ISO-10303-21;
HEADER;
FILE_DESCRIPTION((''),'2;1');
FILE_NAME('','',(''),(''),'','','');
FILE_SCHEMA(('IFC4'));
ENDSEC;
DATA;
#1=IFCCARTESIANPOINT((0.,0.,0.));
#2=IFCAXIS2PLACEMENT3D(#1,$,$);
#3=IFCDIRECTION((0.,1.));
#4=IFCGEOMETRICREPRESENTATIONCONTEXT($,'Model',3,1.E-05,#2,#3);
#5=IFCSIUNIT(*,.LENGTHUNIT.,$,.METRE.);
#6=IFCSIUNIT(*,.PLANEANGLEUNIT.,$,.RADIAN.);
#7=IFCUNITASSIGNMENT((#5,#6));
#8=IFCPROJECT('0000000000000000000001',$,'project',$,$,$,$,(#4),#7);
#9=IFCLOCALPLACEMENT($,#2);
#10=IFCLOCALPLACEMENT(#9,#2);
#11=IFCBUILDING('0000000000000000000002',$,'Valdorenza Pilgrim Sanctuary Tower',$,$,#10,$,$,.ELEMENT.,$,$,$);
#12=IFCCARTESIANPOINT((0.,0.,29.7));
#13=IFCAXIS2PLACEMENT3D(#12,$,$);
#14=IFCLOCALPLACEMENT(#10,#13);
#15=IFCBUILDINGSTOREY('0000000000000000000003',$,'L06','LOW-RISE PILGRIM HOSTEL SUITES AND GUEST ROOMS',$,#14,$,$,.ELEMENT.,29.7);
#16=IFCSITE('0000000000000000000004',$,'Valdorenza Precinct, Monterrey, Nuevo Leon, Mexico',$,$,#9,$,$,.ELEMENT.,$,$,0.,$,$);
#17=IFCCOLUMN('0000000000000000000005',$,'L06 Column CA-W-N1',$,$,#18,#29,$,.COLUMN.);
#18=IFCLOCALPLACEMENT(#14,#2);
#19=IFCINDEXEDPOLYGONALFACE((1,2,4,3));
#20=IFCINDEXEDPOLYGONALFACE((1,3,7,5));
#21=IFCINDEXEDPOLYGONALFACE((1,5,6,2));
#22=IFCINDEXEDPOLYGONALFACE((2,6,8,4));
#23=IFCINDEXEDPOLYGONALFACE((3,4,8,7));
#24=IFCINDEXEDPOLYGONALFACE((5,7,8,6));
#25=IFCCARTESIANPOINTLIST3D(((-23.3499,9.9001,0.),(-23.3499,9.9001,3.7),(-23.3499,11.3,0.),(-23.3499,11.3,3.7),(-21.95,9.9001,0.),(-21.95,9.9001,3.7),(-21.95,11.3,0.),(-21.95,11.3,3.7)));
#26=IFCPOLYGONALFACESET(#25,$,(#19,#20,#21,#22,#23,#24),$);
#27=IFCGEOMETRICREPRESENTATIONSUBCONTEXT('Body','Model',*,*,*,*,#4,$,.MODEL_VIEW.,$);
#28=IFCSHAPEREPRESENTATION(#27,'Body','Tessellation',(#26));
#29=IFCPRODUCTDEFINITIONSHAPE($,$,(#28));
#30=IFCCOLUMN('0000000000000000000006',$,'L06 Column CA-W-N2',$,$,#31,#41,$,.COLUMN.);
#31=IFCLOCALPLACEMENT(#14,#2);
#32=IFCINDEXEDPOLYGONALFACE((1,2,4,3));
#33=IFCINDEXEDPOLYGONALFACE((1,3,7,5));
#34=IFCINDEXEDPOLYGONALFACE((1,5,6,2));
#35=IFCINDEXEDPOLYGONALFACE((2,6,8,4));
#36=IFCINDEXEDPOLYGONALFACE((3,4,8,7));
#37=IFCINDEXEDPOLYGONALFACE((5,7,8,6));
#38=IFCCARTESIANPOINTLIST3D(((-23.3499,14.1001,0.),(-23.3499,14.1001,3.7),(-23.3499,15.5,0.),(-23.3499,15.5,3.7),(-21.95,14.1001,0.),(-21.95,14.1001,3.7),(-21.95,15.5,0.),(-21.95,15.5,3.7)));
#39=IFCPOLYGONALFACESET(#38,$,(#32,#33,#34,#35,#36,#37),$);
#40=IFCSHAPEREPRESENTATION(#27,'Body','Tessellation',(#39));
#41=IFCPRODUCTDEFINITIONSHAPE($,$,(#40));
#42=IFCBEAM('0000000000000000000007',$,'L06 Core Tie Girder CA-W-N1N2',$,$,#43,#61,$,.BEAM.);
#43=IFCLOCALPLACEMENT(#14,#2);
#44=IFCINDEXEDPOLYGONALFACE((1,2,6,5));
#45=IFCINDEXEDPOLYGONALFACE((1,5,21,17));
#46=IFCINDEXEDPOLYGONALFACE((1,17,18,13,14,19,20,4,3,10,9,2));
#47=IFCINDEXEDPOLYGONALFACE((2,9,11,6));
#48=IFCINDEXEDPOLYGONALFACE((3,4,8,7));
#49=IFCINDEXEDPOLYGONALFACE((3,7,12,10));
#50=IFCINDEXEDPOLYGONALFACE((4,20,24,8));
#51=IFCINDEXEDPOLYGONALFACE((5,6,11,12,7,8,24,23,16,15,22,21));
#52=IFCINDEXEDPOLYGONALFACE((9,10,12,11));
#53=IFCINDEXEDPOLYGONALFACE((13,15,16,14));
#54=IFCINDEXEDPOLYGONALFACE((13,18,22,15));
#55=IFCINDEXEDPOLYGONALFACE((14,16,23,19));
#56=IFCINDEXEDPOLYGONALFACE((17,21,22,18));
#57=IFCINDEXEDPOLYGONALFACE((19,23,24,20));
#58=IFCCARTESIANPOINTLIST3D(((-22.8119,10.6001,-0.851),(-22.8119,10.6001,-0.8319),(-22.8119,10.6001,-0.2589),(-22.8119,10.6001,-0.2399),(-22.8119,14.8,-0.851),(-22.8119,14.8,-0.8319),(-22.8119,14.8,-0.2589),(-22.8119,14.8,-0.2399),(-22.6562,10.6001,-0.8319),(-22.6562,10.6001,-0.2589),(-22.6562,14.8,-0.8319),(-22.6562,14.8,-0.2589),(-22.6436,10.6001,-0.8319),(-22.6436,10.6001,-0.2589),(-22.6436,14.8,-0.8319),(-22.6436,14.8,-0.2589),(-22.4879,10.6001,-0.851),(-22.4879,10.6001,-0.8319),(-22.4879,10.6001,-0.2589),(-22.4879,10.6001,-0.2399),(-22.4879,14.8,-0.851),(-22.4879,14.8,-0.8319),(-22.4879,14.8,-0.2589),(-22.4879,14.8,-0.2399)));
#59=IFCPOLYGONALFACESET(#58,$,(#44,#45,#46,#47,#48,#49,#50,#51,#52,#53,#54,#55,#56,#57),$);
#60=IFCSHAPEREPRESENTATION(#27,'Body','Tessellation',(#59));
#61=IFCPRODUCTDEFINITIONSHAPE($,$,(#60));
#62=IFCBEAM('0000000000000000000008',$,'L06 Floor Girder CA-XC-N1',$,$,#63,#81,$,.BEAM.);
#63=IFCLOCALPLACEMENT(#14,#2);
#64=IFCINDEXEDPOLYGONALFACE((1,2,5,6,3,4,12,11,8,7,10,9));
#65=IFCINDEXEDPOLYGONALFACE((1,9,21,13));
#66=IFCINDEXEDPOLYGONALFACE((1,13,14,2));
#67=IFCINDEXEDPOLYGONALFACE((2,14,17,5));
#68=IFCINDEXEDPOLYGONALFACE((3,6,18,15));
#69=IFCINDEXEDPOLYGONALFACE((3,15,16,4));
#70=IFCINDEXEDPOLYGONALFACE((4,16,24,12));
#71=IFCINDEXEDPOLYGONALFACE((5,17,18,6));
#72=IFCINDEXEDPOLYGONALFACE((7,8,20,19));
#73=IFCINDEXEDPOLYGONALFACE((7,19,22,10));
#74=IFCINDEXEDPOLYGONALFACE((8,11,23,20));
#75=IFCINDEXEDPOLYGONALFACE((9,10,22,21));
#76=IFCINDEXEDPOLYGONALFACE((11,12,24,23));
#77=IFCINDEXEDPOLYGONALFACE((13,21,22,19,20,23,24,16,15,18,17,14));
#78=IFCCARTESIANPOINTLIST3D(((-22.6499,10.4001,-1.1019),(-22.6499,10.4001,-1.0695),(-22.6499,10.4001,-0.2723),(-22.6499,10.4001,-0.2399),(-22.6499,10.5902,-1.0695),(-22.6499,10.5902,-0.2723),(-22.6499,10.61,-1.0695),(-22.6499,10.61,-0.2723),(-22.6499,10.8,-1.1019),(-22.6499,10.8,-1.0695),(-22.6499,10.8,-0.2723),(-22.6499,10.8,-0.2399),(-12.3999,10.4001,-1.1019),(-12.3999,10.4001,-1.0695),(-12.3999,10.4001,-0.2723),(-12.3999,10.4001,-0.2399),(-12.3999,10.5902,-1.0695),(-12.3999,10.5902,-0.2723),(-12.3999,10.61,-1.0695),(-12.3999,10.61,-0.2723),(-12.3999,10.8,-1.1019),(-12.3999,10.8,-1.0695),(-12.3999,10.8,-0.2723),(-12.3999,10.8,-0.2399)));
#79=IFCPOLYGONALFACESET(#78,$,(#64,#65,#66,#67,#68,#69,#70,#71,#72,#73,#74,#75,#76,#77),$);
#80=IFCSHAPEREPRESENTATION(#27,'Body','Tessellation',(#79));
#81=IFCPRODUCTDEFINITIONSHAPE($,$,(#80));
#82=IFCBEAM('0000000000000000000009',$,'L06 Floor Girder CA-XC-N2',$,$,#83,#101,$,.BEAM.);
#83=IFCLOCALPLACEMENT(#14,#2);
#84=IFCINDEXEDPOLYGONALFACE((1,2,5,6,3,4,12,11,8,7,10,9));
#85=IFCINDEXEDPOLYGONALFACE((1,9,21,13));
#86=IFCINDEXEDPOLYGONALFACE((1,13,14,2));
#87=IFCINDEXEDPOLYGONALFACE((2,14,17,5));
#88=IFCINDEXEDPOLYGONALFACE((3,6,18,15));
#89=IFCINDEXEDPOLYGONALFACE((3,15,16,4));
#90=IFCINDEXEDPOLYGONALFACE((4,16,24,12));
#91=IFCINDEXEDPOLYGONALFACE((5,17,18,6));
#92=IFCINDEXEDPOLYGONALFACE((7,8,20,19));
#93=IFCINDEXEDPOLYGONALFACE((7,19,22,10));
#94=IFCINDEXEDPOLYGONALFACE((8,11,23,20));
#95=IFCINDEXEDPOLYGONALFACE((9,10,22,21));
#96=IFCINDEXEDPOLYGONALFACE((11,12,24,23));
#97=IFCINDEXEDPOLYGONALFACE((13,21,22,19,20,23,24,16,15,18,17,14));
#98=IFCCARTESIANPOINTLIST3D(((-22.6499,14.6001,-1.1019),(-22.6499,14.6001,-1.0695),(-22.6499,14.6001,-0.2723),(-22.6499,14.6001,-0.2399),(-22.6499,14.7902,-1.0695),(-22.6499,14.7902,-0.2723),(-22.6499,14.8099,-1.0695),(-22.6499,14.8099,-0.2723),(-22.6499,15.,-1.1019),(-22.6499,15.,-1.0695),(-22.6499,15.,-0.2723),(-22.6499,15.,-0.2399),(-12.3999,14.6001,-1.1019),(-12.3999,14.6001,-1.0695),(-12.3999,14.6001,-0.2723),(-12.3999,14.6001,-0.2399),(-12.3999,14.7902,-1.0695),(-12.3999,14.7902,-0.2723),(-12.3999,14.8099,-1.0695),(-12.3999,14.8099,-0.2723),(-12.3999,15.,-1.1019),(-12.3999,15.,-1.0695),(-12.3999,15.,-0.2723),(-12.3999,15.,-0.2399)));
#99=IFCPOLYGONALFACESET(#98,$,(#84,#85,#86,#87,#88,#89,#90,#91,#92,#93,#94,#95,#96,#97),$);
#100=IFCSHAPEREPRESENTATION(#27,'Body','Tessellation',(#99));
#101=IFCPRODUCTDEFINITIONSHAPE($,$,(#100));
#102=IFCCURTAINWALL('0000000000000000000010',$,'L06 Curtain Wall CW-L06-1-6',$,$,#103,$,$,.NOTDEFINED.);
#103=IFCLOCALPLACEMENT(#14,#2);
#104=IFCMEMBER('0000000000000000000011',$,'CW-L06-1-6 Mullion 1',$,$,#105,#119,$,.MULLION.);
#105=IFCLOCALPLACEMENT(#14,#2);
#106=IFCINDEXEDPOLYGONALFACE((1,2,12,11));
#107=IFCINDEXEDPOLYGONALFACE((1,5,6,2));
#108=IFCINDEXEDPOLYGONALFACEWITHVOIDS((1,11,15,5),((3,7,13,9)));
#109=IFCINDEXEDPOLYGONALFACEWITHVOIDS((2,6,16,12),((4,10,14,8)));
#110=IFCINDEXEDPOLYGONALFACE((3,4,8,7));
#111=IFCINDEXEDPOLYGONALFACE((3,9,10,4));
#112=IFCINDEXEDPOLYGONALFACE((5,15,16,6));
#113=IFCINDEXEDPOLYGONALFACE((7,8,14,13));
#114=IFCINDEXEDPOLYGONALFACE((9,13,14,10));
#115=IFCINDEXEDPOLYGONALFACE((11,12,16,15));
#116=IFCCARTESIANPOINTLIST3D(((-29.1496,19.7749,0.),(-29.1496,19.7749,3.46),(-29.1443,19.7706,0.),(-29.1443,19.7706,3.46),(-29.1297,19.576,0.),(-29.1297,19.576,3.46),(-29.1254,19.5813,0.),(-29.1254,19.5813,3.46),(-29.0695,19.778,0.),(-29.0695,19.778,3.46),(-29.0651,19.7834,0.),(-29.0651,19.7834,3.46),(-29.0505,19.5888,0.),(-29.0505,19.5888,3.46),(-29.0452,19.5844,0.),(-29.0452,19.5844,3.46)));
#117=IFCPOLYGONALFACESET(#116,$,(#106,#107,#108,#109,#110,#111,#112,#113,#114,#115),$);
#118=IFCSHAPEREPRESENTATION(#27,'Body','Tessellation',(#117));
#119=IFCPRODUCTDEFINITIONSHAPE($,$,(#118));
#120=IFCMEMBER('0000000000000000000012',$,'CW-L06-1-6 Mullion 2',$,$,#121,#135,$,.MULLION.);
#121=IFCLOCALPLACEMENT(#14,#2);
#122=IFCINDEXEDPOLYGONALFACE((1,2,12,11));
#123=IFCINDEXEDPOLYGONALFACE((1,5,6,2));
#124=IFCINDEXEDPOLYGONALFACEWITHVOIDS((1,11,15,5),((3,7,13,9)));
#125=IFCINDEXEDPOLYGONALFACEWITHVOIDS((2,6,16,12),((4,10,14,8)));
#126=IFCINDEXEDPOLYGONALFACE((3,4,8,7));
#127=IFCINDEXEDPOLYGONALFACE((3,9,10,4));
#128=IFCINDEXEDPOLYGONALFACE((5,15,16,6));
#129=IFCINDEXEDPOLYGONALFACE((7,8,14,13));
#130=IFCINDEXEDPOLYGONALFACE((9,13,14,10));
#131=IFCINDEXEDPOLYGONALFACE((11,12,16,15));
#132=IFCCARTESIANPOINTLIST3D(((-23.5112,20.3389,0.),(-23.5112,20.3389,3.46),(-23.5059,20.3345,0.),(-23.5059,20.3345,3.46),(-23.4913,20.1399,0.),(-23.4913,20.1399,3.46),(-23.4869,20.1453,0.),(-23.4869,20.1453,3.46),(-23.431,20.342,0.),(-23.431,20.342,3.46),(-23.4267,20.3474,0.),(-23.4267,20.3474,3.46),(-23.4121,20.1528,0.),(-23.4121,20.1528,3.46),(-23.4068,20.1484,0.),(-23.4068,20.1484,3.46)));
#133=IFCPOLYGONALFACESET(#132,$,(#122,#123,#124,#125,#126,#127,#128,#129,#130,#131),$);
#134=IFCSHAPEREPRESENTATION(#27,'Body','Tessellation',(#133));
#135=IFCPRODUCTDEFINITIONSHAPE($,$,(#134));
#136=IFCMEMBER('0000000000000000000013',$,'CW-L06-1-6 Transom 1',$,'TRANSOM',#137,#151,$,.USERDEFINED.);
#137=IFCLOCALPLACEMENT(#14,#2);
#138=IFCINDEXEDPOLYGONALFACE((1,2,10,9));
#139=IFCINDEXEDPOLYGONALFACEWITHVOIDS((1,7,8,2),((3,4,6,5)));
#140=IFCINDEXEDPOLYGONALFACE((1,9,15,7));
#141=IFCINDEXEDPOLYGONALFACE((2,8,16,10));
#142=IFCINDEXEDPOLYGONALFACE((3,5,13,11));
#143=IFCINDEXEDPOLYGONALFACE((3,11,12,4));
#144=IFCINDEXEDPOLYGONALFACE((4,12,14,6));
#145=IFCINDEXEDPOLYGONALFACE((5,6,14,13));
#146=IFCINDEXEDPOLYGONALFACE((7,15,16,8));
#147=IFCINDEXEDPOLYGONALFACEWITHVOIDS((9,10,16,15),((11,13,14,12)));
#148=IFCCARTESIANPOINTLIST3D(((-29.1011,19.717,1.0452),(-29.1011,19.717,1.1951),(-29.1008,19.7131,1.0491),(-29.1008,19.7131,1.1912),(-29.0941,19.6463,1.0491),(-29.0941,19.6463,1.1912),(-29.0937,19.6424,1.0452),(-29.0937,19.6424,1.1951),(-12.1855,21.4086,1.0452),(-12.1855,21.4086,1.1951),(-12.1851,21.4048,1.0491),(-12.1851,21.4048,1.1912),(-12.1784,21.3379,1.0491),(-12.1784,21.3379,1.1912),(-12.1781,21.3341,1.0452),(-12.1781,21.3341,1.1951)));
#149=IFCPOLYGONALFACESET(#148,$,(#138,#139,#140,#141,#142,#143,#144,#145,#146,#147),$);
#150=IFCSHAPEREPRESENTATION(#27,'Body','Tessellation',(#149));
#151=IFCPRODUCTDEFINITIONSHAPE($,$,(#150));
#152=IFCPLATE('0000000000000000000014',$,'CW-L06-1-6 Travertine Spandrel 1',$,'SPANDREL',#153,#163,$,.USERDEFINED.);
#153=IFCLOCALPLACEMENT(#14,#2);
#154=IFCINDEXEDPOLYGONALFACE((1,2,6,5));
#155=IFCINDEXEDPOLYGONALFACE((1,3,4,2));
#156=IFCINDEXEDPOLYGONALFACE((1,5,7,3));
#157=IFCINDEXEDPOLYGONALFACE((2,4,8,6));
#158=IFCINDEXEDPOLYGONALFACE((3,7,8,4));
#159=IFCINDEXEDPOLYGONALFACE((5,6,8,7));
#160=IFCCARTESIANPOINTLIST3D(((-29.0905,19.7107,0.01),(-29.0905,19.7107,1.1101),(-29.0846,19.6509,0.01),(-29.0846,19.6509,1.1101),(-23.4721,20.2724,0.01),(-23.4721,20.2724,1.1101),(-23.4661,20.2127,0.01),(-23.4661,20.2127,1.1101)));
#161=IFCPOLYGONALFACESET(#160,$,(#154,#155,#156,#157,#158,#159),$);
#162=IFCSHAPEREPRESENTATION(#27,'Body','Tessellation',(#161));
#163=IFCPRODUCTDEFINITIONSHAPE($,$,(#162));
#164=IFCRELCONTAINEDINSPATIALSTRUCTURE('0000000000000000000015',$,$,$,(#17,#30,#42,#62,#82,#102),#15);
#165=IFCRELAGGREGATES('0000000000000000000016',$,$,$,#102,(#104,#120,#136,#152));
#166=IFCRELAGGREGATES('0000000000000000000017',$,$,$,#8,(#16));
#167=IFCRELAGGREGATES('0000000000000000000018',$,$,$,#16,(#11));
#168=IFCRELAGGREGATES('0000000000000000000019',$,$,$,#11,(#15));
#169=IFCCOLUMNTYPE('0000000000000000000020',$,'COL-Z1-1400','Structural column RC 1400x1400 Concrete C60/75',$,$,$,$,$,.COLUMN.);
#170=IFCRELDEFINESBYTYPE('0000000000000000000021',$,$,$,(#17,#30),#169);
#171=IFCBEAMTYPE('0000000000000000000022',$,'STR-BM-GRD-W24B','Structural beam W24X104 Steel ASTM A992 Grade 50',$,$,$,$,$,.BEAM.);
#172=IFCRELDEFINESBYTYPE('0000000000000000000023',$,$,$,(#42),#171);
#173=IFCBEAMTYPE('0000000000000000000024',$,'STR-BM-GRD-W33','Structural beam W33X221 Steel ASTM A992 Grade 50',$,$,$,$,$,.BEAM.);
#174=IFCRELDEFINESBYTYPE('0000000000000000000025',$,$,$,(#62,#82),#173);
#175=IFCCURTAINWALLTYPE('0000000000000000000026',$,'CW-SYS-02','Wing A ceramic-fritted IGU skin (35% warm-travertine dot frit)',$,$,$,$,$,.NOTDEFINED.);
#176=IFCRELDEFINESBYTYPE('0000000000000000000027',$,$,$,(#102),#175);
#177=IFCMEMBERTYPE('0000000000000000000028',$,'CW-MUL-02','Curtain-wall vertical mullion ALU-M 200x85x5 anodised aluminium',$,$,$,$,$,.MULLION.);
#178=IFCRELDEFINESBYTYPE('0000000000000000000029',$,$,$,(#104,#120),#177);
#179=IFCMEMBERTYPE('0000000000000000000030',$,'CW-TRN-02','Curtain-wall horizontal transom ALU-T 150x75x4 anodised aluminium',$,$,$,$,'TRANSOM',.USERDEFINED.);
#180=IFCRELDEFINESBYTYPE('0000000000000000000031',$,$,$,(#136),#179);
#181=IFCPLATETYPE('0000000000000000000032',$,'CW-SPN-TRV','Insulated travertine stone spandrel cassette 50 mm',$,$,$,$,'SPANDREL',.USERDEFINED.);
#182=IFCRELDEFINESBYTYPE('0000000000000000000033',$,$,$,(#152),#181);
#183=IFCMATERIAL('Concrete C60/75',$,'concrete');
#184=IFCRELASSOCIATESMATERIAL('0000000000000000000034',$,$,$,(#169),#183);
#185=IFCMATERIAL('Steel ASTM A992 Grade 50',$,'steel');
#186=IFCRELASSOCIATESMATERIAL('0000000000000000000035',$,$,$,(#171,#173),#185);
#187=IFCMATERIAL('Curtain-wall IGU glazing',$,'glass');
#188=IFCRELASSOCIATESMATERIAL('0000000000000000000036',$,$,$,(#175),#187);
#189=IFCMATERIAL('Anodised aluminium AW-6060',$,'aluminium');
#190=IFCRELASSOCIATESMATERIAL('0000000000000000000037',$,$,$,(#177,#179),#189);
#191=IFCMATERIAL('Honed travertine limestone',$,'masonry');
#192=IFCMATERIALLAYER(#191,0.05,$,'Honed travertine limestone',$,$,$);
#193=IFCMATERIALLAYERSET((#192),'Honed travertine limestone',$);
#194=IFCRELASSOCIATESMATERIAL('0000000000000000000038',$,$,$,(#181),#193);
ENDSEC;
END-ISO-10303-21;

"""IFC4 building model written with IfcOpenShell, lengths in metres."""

from ifc_helpers import new_model, si_unit, direction, frame, origin, origin_2d, place, context, subcontext, project, spatial, rectangle, hollow_rectangle, i_section, extrude, source, transform, mapped, material, layer, layer_set, material_profile, profile_set, type_object, element, aggregate, save


model = new_model("IFC4")

# Units and contexts
model_context = context("Model", 3, precision=1e-05, world=origin(), true_north=direction((0.0, 1.0)))
body_context = subcontext(model_context, "Body", "Model", "MODEL_VIEW")
ifc_project = project(units=[si_unit("LENGTHUNIT", "METRE"), si_unit("PLANEANGLEUNIT", "RADIAN")], contexts=[model_context])

# Site, building, storey
site_placement = place(None, origin())
site = spatial("IfcSite", under=ifc_project, at=site_placement, Name="Valdorenza Precinct, Monterrey, Nuevo Leon, Mexico", CompositionType="ELEMENT", RefElevation=0.0)
building_placement = place(site_placement, origin())
building = spatial("IfcBuilding", under=site, at=building_placement, Name="Valdorenza Pilgrim Sanctuary Tower", CompositionType="ELEMENT")
storey_placement = place(building_placement, frame((0.0, 0.0, 29.7)))
storey = spatial("IfcBuildingStorey", under=building, at=storey_placement, Name="L06", Description="LOW-RISE PILGRIM HOSTEL SUITES AND GUEST ROOMS", CompositionType="ELEMENT", Elevation=29.7)

# Columns
ifc_material_1 = material(Name="Concrete C60/75", Category="concrete")
ifc_material_profile_1 = material_profile(ifc_material_1, rectangle(XDim=1.3999, YDim=1.3999, at=origin_2d()), Name="RC 1400x1400")
ifc_profile_set_1 = profile_set([ifc_material_profile_1], Name="Concrete C60/75")
column_type = type_object("IfcColumnType", Name="COL-Z1-1400", Description="Structural column RC 1400x1400 Concrete C60/75", PredefinedType="COLUMN", material=ifc_profile_set_1)
shared_shape_1 = source(origin(), body_context, "Body", "SweptSolid", [
    extrude(rectangle(XDim=1.3999, YDim=1.3999, at=origin_2d()), origin(), (0.0, 0.0, 1.0), 3.7),
])
for number, where, z_axis, x_axis, name in (
    (1, (-22.6499, 10.6001, 0.0), (0.0, 0.0, 1.0), (1.0, 0.0, 0.0), "L06 Column CA-W-N1"),
    (2, (-22.6499, 14.8, 0.0), (0.0, 0.0, 1.0), (1.0, 0.0, 0.0), "L06 Column CA-W-N2"),
):
    element("IfcColumn", number, at=place(storey_placement, frame(where, z_axis=z_axis, x_axis=x_axis)), inside=storey, type_object=column_type, Name=name, PredefinedType="COLUMN", context=body_context, shape_type="MappedRepresentation", body=[
        mapped(shared_shape_1, transform((0.0, 0.0, 0.0), x_axis=(1.0, 0.0, 0.0), y_axis=(0.0, 1.0, 0.0), z_axis=(0.0, 0.0, 1.0), scale=1.0)),
    ])

# Beams
ifc_material_2 = material(Name="Steel ASTM A992 Grade 50", Category="steel")
ifc_material_profile_2 = material_profile(ifc_material_2, i_section(OverallWidth=0.324, OverallDepth=0.6111, WebThickness=0.0127, FlangeThickness=0.019, at=origin_2d()), Name="W24X104")
ifc_profile_set_2 = profile_set([ifc_material_profile_2], Name="Steel ASTM A992 Grade 50")
beam_type_1 = type_object("IfcBeamType", Name="STR-BM-GRD-W24B", Description="Structural beam W24X104 Steel ASTM A992 Grade 50", PredefinedType="BEAM", material=ifc_profile_set_2)
shared_shape_2 = source(origin(), body_context, "Body", "SweptSolid", [
    extrude(i_section(OverallWidth=0.324, OverallDepth=0.6111, WebThickness=0.0127, FlangeThickness=0.019, at=origin_2d()), origin(), (0.0, 0.0, 1.0), 4.2),
])
beam_placement = place(storey_placement, frame((-22.6499, 10.6001, -0.5454), z_axis=(0.0, 1.0, 0.0), x_axis=(-1.0, 0.0, 0.0)))
element("IfcBeam", 3, at=beam_placement, inside=storey, type_object=beam_type_1, Name="L06 Core Tie Girder CA-W-N1N2", PredefinedType="BEAM", context=body_context, shape_type="MappedRepresentation", body=[
    mapped(shared_shape_2, transform((0.0, 0.0, 0.0), x_axis=(1.0, 0.0, 0.0), y_axis=(0.0, 1.0, 0.0), z_axis=(0.0, 0.0, 1.0), scale=1.0)),
])
ifc_material_profile_3 = material_profile(ifc_material_2, i_section(OverallWidth=0.3999, OverallDepth=0.8621, WebThickness=0.0198, FlangeThickness=0.0325, at=origin_2d()), Name="W33X221")
ifc_profile_set_3 = profile_set([ifc_material_profile_3], Name="Steel ASTM A992 Grade 50")
beam_type_2 = type_object("IfcBeamType", Name="STR-BM-GRD-W33", Description="Structural beam W33X221 Steel ASTM A992 Grade 50", PredefinedType="BEAM", material=ifc_profile_set_3)
shared_shape_3 = source(origin(), body_context, "Body", "SweptSolid", [
    extrude(i_section(OverallWidth=0.3999, OverallDepth=0.8621, WebThickness=0.0198, FlangeThickness=0.0325, at=origin_2d()), origin(), (0.0, 0.0, 1.0), 10.25),
])
for number, where, z_axis, x_axis, name in (
    (4, (-22.6499, 10.6001, -0.6709), (1.0, 0.0, 0.0), (0.0, 1.0, 0.0), "L06 Floor Girder CA-XC-N1"),
    (5, (-22.6499, 14.8, -0.6709), (1.0, 0.0, 0.0), (0.0, 1.0, 0.0), "L06 Floor Girder CA-XC-N2"),
):
    element("IfcBeam", number, at=place(storey_placement, frame(where, z_axis=z_axis, x_axis=x_axis)), inside=storey, type_object=beam_type_2, Name=name, PredefinedType="BEAM", context=body_context, shape_type="MappedRepresentation", body=[
        mapped(shared_shape_3, transform((0.0, 0.0, 0.0), x_axis=(1.0, 0.0, 0.0), y_axis=(0.0, 1.0, 0.0), z_axis=(0.0, 0.0, 1.0), scale=1.0)),
    ])

# Curtain wall, members, plate
ifc_material_3 = material(Name="Curtain-wall IGU glazing", Category="glass")
curtain_wall_type = type_object("IfcCurtainWallType", Name="CW-SYS-02", Description="Wing A ceramic-fritted IGU skin (35% warm-travertine dot frit)", PredefinedType="NOTDEFINED", material=ifc_material_3)
curtain_wall_placement = place(storey_placement, origin())
curtain_wall = element("IfcCurtainWall", 6, at=curtain_wall_placement, inside=storey, type_object=curtain_wall_type, Name="L06 Curtain Wall CW-L06-1-6", PredefinedType="NOTDEFINED")
ifc_material_4 = material(Name="Anodised aluminium AW-6060", Category="aluminium")
ifc_material_profile_4 = material_profile(ifc_material_4, hollow_rectangle(XDim=0.085, YDim=0.2, WallThickness=0.0049, at=origin_2d()), Name="ALU-M 200x85x5")
ifc_profile_set_4 = profile_set([ifc_material_profile_4], Name="Anodised aluminium AW-6060")
member_type_1 = type_object("IfcMemberType", Name="CW-MUL-02", Description="Curtain-wall vertical mullion ALU-M 200x85x5 anodised aluminium", PredefinedType="MULLION", material=ifc_profile_set_4)
shared_shape_4 = source(origin(), body_context, "Body", "SweptSolid", [
    extrude(hollow_rectangle(XDim=0.085, YDim=0.2, WallThickness=0.0049, at=origin_2d()), origin(), (0.0, 0.0, 1.0), 3.46),
])
member_1_placement = place(storey_placement, frame((-29.0974, 19.6797, 0.0), z_axis=(0.0, 0.0, 1.0), x_axis=(0.995038, 0.099493, 0.0)))
member_1 = element("IfcMember", 7, at=member_1_placement, type_object=member_type_1, Name="CW-L06-1-6 Mullion 1", PredefinedType="MULLION", context=body_context, shape_type="MappedRepresentation", body=[
    mapped(shared_shape_4, transform((0.0, 0.0, 0.0), x_axis=(1.0, 0.0, 0.0), y_axis=(0.0, 1.0, 0.0), z_axis=(0.0, 0.0, 1.0), scale=1.0)),
])
member_2_placement = place(storey_placement, frame((-23.459, 20.2437, 0.0), z_axis=(0.0, 0.0, 1.0), x_axis=(0.995038, 0.099493, 0.0)))
member_2 = element("IfcMember", 8, at=member_2_placement, type_object=member_type_1, Name="CW-L06-1-6 Mullion 2", PredefinedType="MULLION", context=body_context, shape_type="MappedRepresentation", body=[
    mapped(shared_shape_4, transform((0.0, 0.0, 0.0), x_axis=(1.0, 0.0, 0.0), y_axis=(0.0, 1.0, 0.0), z_axis=(0.0, 0.0, 1.0), scale=1.0)),
])
ifc_material_profile_5 = material_profile(ifc_material_4, hollow_rectangle(XDim=0.075, YDim=0.1499, WallThickness=0.0039, at=origin_2d()), Name="ALU-T 150x75x4")
ifc_profile_set_5 = profile_set([ifc_material_profile_5], Name="Anodised aluminium AW-6060")
member_type_2 = type_object("IfcMemberType", Name="CW-TRN-02", Description="Curtain-wall horizontal transom ALU-T 150x75x4 anodised aluminium", ElementType="TRANSOM", PredefinedType="USERDEFINED", material=ifc_profile_set_5)
shared_shape_5 = source(origin(), body_context, "Body", "SweptSolid", [
    extrude(hollow_rectangle(XDim=0.075, YDim=0.1499, WallThickness=0.0039, at=origin_2d()), origin(), (0.0, 0.0, 1.0), 17.0),
])
member_3_placement = place(storey_placement, frame((-29.0974, 19.6797, 1.1201), z_axis=(0.995037, 0.099509, 0.0), x_axis=(-0.099509, 0.995037, 0.0)))
member_3 = element("IfcMember", 9, at=member_3_placement, type_object=member_type_2, Name="CW-L06-1-6 Transom 1", ObjectType="TRANSOM", PredefinedType="USERDEFINED", context=body_context, shape_type="MappedRepresentation", body=[
    mapped(shared_shape_5, transform((0.0, 0.0, 0.0), x_axis=(1.0, 0.0, 0.0), y_axis=(0.0, 1.0, 0.0), z_axis=(0.0, 0.0, 1.0), scale=1.0)),
])
ifc_material_5 = material(Name="Honed travertine limestone", Category="masonry")
ifc_layer_1 = layer(ifc_material_5, 0.05, Name="Honed travertine limestone")
ifc_layer_set_1 = layer_set([ifc_layer_1], Name="Honed travertine limestone")
plate_type_1 = type_object("IfcPlateType", Name="CW-SPN-TRV", Description="Insulated travertine stone spandrel cassette 50 mm", ElementType="SPANDREL", PredefinedType="USERDEFINED", material=ifc_layer_set_1)
shared_shape_6 = source(origin(), body_context, "Body", "SweptSolid", [
    extrude(rectangle(XDim=5.6465, YDim=0.0601, at=origin_2d()), origin(), (0.0, 0.0, 1.0), 1.1001),
])
plate_1_placement = place(storey_placement, frame((-26.2783, 19.9617, 0.01), z_axis=(0.0, 0.0, 1.0), x_axis=(0.995038, 0.099493, 0.0)))
plate_1 = element("IfcPlate", 10, at=plate_1_placement, type_object=plate_type_1, Name="CW-L06-1-6 Travertine Spandrel 1", ObjectType="SPANDREL", PredefinedType="USERDEFINED", context=body_context, shape_type="MappedRepresentation", body=[
    mapped(shared_shape_6, transform((0.0, 0.0, 0.0), x_axis=(1.0, 0.0, 0.0), y_axis=(0.0, 1.0, 0.0), z_axis=(0.0, 0.0, 1.0), scale=1.0)),
])
aggregate(curtain_wall, [member_1, member_2, member_3, plate_1])

save(model, "model.ifc")
